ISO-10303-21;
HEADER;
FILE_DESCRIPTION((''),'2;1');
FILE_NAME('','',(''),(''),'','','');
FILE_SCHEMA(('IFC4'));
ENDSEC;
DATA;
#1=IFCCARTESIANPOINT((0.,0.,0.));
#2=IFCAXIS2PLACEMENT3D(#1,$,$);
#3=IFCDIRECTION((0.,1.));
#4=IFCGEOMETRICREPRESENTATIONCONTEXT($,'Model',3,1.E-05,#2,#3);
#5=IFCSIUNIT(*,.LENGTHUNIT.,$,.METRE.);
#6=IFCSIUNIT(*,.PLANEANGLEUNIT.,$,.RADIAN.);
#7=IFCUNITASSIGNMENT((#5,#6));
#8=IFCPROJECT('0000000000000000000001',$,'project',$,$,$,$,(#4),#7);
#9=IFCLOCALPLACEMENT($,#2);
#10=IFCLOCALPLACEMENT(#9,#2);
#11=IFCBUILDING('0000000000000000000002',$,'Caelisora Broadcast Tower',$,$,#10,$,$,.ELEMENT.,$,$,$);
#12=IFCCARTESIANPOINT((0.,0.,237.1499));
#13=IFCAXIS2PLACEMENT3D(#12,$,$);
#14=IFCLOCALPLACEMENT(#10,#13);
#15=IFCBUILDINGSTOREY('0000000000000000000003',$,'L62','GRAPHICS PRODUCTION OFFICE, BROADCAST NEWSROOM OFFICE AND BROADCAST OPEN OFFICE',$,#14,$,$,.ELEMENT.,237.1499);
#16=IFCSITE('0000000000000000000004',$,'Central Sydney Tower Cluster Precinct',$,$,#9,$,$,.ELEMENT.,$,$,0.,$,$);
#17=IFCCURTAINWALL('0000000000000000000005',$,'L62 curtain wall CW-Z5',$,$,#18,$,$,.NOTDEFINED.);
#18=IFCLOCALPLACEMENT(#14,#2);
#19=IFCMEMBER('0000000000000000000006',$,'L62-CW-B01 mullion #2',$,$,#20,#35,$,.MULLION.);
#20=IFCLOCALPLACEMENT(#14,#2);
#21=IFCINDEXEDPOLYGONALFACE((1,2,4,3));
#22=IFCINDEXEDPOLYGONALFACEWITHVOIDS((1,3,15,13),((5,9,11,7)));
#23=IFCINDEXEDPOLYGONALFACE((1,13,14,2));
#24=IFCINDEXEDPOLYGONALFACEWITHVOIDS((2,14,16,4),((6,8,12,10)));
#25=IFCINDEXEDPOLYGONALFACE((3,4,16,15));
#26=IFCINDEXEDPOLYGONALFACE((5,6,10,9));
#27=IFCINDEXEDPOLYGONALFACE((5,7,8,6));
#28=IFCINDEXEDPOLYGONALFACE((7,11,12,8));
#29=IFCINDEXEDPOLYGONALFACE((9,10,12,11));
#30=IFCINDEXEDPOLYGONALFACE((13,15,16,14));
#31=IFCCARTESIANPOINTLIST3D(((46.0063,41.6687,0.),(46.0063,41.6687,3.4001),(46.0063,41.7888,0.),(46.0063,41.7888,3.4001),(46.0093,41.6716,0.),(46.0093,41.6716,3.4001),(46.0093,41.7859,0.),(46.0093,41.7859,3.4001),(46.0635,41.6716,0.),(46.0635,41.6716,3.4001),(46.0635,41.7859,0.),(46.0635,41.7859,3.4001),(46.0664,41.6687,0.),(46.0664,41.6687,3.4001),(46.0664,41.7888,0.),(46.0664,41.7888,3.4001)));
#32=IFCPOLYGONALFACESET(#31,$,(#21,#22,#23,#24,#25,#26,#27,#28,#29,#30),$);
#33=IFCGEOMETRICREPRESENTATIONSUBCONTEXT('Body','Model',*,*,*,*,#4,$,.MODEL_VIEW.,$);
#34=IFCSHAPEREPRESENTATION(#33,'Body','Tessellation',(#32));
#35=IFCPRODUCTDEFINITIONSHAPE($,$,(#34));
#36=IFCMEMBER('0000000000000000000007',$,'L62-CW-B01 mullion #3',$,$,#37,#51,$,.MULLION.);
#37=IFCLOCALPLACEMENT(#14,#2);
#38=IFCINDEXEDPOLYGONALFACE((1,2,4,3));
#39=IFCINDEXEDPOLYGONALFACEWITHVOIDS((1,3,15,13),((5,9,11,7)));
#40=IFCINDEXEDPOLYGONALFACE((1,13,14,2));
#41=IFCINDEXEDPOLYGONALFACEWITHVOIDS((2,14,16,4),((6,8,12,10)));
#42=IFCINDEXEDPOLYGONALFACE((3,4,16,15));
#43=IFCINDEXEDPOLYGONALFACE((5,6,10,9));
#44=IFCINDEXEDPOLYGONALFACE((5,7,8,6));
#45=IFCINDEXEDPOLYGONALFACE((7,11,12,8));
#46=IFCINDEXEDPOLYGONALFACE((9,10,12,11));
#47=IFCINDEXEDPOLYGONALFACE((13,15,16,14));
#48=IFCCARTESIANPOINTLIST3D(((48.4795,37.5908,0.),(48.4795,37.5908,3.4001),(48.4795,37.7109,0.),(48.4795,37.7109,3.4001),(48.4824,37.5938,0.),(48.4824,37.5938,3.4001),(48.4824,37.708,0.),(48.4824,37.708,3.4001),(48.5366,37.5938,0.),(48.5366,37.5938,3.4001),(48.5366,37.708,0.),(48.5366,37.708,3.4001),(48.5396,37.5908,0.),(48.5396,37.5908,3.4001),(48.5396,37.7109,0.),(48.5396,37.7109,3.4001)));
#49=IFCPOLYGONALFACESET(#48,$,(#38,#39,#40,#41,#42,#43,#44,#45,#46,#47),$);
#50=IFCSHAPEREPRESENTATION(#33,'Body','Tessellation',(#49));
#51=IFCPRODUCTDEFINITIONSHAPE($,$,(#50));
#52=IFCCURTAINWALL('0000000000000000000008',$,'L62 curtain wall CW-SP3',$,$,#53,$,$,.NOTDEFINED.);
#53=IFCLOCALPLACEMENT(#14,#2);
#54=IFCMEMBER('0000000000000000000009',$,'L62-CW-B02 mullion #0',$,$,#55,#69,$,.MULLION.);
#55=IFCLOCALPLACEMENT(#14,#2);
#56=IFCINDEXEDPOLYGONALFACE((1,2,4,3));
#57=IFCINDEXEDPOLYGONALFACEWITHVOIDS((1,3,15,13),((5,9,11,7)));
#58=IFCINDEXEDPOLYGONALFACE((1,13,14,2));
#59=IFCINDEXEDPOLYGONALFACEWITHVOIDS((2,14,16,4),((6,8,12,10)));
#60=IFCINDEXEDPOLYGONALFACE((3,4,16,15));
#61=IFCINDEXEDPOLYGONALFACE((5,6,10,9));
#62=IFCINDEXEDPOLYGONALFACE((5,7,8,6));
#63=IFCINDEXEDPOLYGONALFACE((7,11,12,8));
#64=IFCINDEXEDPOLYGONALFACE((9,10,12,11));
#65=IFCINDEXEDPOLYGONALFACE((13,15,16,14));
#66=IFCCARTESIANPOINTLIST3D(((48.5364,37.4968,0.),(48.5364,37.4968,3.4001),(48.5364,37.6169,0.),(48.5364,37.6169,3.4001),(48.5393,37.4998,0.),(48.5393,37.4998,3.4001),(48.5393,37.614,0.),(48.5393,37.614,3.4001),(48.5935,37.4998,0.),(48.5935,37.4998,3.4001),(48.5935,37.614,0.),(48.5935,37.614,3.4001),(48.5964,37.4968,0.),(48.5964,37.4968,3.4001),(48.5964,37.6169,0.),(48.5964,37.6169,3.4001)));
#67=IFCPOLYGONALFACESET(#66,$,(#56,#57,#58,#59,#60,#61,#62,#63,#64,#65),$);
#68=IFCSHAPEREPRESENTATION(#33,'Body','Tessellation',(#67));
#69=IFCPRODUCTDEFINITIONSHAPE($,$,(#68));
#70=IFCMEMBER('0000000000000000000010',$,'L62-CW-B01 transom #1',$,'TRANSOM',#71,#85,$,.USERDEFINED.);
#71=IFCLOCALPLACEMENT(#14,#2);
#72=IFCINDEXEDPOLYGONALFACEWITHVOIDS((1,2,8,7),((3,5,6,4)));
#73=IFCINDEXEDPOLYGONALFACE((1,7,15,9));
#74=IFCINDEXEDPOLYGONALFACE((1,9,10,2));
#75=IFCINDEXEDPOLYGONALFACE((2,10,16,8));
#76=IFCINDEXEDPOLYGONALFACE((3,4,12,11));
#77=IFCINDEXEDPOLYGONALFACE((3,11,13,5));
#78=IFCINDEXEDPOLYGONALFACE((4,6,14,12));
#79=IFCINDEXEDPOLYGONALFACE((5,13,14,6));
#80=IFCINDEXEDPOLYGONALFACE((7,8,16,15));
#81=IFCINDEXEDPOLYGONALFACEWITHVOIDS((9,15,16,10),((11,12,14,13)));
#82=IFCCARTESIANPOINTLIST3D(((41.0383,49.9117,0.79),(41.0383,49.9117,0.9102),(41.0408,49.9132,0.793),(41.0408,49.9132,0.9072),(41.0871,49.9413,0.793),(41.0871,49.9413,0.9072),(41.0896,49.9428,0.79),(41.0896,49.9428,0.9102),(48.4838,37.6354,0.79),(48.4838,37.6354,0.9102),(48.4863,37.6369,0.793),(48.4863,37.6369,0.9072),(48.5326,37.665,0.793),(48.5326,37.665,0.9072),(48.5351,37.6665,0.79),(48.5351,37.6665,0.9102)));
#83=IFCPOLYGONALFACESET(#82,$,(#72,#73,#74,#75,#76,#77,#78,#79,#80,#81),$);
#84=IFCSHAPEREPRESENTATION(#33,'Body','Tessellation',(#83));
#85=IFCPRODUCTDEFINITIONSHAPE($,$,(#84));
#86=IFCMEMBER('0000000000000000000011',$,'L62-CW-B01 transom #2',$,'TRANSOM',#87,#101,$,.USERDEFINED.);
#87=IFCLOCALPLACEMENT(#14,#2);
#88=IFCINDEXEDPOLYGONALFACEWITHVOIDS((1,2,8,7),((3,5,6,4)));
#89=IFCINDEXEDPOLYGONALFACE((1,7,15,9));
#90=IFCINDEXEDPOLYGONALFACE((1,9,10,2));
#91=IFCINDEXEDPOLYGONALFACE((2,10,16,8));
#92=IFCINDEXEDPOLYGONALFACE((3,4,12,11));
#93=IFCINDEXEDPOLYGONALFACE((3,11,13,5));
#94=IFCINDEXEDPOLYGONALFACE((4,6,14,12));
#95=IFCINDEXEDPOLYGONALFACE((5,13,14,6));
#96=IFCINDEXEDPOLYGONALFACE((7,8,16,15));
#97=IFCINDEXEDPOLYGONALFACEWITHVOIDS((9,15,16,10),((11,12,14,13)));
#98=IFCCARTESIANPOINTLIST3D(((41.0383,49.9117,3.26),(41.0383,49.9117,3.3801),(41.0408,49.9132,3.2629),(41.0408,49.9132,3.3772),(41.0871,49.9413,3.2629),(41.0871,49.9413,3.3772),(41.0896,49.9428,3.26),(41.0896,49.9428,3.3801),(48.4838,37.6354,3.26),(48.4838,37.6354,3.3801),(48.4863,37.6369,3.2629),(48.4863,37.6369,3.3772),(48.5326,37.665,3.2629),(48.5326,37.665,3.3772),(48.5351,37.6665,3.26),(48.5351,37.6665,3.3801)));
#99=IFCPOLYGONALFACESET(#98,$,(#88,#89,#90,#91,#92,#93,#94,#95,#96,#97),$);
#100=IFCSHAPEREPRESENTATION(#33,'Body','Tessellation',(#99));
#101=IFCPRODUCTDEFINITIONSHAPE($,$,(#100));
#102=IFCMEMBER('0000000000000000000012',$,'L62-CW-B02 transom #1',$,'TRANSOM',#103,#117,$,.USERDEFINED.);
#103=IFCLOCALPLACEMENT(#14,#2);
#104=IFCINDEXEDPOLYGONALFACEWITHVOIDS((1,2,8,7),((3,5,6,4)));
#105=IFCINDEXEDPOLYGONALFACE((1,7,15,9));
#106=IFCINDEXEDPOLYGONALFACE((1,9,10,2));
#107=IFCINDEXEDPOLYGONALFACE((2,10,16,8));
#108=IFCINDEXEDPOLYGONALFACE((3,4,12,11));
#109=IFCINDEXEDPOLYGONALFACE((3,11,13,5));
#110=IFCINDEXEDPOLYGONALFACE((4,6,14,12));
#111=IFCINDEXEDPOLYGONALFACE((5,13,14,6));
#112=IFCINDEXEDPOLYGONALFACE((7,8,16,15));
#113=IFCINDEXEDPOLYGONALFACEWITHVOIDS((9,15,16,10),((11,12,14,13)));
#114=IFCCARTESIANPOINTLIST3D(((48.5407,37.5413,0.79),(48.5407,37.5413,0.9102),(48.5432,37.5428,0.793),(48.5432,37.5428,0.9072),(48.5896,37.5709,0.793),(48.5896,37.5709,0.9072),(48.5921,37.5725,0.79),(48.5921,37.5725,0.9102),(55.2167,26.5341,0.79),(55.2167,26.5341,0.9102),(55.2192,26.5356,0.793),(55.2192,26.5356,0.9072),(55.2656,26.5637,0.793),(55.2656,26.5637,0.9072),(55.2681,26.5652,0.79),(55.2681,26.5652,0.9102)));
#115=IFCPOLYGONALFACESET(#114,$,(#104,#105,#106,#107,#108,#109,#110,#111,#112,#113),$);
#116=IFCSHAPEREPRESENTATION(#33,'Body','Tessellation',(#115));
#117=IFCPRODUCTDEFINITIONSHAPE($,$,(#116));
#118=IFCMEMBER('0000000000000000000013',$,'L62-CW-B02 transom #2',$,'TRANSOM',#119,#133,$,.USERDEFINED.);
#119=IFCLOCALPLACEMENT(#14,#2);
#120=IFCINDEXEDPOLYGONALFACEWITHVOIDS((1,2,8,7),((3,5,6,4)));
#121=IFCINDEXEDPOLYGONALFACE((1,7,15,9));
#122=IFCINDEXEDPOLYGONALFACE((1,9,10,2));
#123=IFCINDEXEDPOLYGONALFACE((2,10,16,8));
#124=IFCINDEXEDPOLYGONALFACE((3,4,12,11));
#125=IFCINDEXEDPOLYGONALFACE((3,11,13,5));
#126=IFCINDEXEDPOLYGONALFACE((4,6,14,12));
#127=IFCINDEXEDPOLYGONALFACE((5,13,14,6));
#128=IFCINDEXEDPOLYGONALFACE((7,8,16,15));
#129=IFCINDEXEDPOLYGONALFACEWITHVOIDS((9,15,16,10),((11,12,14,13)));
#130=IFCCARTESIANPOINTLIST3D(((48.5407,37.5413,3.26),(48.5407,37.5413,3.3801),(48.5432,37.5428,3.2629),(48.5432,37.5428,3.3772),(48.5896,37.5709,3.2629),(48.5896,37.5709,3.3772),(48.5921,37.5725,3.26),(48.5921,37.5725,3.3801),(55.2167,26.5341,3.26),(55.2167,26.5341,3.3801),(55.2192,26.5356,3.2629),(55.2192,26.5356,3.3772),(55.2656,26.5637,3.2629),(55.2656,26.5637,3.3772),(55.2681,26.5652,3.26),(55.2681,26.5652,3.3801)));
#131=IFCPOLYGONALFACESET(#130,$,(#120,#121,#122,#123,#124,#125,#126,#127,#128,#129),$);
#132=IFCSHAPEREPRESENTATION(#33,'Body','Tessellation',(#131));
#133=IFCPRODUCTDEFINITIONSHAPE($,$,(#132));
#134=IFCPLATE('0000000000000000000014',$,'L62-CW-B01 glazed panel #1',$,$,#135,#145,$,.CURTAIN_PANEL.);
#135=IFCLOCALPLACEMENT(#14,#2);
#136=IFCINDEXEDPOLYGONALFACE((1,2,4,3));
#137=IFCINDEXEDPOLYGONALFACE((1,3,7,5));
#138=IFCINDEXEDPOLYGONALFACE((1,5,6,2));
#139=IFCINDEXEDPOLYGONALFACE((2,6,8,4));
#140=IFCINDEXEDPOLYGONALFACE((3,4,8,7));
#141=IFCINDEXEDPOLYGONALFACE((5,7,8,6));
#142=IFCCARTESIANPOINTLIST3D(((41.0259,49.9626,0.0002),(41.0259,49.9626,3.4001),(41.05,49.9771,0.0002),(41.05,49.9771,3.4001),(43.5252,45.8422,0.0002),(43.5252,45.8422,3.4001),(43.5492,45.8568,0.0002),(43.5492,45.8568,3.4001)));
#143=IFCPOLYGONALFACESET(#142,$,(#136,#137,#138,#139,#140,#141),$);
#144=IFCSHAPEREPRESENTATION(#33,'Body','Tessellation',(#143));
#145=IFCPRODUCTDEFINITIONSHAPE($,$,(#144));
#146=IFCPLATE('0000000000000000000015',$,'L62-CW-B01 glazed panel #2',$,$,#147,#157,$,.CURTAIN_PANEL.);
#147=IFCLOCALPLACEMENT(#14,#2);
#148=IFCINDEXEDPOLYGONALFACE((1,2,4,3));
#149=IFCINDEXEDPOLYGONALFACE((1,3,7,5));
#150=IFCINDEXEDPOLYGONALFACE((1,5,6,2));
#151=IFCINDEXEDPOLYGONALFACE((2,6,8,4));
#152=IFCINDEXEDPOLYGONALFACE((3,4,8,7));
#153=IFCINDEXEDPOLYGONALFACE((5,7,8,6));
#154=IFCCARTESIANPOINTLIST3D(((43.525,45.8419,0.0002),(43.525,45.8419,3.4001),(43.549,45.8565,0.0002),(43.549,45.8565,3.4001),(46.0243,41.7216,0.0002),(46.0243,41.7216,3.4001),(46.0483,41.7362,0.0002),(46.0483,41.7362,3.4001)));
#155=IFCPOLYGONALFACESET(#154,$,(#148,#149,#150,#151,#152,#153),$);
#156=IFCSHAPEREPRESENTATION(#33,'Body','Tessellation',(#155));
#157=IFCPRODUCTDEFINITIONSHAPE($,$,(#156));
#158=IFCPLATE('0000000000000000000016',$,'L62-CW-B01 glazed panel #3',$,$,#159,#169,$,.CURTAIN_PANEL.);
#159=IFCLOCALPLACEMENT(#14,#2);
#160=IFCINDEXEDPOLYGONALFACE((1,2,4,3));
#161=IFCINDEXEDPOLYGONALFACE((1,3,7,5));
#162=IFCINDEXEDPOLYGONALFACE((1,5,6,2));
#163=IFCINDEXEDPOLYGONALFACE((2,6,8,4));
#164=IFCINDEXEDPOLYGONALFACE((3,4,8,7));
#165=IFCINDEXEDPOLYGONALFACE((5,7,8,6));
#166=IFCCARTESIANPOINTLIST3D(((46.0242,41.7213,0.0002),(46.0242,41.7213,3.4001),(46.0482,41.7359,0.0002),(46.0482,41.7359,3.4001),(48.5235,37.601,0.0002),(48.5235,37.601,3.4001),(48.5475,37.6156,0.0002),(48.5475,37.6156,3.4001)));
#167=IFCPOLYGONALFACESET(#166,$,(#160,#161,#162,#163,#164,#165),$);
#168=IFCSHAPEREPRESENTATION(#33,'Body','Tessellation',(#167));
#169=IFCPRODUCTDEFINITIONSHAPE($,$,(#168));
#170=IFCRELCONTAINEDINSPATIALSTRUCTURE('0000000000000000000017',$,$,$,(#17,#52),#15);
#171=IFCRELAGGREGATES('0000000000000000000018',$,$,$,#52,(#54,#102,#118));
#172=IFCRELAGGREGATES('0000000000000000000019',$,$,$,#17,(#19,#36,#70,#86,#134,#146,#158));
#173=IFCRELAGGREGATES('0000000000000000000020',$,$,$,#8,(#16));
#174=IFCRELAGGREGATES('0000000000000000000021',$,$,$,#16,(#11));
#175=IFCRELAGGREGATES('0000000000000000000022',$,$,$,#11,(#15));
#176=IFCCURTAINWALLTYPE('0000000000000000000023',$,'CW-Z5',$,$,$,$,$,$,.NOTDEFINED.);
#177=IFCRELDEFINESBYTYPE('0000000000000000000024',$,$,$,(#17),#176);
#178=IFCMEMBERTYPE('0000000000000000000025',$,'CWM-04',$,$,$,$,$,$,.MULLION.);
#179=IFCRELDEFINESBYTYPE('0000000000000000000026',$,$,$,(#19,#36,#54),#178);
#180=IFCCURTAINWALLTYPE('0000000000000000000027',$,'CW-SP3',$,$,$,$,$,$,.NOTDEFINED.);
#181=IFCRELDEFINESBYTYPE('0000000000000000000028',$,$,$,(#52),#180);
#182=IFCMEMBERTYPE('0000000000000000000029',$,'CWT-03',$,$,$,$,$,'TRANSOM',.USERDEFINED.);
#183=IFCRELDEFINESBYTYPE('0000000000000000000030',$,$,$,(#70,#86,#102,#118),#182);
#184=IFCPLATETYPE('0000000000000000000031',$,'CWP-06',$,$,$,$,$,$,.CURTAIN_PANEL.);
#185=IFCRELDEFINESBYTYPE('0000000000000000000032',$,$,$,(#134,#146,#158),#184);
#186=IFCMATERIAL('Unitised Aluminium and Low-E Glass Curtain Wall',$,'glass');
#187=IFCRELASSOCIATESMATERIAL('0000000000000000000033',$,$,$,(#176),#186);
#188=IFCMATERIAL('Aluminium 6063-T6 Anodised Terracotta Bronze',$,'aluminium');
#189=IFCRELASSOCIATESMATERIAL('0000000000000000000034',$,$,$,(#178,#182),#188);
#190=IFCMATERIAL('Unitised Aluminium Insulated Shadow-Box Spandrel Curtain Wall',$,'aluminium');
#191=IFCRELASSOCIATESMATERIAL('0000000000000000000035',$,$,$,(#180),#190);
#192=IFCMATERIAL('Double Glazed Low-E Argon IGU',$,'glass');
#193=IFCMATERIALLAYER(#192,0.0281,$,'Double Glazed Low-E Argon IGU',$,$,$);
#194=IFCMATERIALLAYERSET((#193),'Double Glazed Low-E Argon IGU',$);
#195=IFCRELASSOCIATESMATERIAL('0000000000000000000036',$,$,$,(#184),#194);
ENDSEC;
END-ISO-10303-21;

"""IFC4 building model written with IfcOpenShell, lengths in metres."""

from ifc_helpers import new_model, si_unit, direction, frame, origin, origin_2d, place, context, subcontext, project, spatial, rectangle, hollow_rectangle, extrude, source, transform, mapped, material, layer, layer_set, material_profile, profile_set, type_object, type_shapes, element, aggregate, save


model = new_model("IFC4")

# Units and contexts
model_context = context("Model", 3, precision=1e-05, world=origin(), true_north=direction((0.0, 1.0)))
body_context = subcontext(model_context, "Body", "Model", "MODEL_VIEW")
ifc_project = project(units=[si_unit("LENGTHUNIT", "METRE"), si_unit("PLANEANGLEUNIT", "RADIAN")], contexts=[model_context])

# Site, building, storey
site_placement = place(None, origin())
site = spatial("IfcSite", under=ifc_project, at=site_placement, Name="Central Sydney Tower Cluster Precinct", CompositionType="ELEMENT", RefElevation=0.0)
building_placement = place(site_placement, origin())
building = spatial("IfcBuilding", under=site, at=building_placement, Name="Caelisora Broadcast Tower", CompositionType="ELEMENT")
storey_placement = place(building_placement, frame((0.0, 0.0, 237.1499)))
storey = spatial("IfcBuildingStorey", under=building, at=storey_placement, Name="L62", Description="GRAPHICS PRODUCTION OFFICE, BROADCAST NEWSROOM OFFICE AND BROADCAST OPEN OFFICE", CompositionType="ELEMENT", Elevation=237.1499)

# Curtain wall, members
ifc_material_1 = material(Name="Unitised Aluminium and Low-E Glass Curtain Wall", Category="glass")
curtain_wall_type_1 = type_object("IfcCurtainWallType", Name="CW-Z5", PredefinedType="NOTDEFINED", material=ifc_material_1)
curtain_wall_1_placement = place(storey_placement, origin())
curtain_wall_1 = element("IfcCurtainWall", 1, at=curtain_wall_1_placement, inside=storey, type_object=curtain_wall_type_1, Name="L62 curtain wall CW-Z5", PredefinedType="NOTDEFINED")
ifc_material_2 = material(Name="Aluminium 6063-T6 Anodised Terracotta Bronze", Category="aluminium")
ifc_material_profile_1 = material_profile(ifc_material_2, hollow_rectangle(XDim=0.0601, YDim=0.1201, WallThickness=0.0029, at=origin_2d()), Name="Aluminium 6063-T6 Anodised Terracotta Bronze")
ifc_profile_set_1 = profile_set([ifc_material_profile_1], Name="Aluminium 6063-T6 Anodised Terracotta Bronze")
member_type_1 = type_object("IfcMemberType", Name="CWM-04", PredefinedType="MULLION", material=ifc_profile_set_1)
shared_shape_1 = source(origin(), body_context, "Body", "SweptSolid", [
    extrude(hollow_rectangle(XDim=0.0601, YDim=0.1201, WallThickness=0.0029, at=origin_2d()), origin(), (0.0, 0.0, 1.0), 3.4001),
])
type_shapes(member_type_1, [shared_shape_1])
member_1_placement = place(storey_placement, frame((46.0364, 41.7288, 0.0), z_axis=(0.0, 0.0, 1.0), x_axis=(1.0, 0.0, 0.0)))
member_1 = element("IfcMember", 2, at=member_1_placement, type_object=member_type_1, Name="L62-CW-B01 mullion #2", PredefinedType="MULLION", context=body_context, shape_type="MappedRepresentation", body=[
    mapped(shared_shape_1, transform((0.0, 0.0, 0.0), scale=1.0)),
])
member_2_placement = place(storey_placement, frame((48.5095, 37.6509, 0.0), z_axis=(0.0, 0.0, 1.0), x_axis=(1.0, 0.0, 0.0)))
member_2 = element("IfcMember", 3, at=member_2_placement, type_object=member_type_1, Name="L62-CW-B01 mullion #3", PredefinedType="MULLION", context=body_context, shape_type="MappedRepresentation", body=[
    mapped(shared_shape_1, transform((0.0, 0.0, 0.0), scale=1.0)),
])

# Curtain wall, member
ifc_material_3 = material(Name="Unitised Aluminium Insulated Shadow-Box Spandrel Curtain Wall", Category="aluminium")
curtain_wall_type_2 = type_object("IfcCurtainWallType", Name="CW-SP3", PredefinedType="NOTDEFINED", material=ifc_material_3)
curtain_wall_2_placement = place(storey_placement, origin())
curtain_wall_2 = element("IfcCurtainWall", 4, at=curtain_wall_2_placement, inside=storey, type_object=curtain_wall_type_2, Name="L62 curtain wall CW-SP3", PredefinedType="NOTDEFINED")
member_3_placement = place(storey_placement, frame((48.5664, 37.5569, 0.0), z_axis=(0.0, 0.0, 1.0), x_axis=(1.0, 0.0, 0.0)))
member_3 = element("IfcMember", 5, at=member_3_placement, type_object=member_type_1, Name="L62-CW-B02 mullion #0", PredefinedType="MULLION", context=body_context, shape_type="MappedRepresentation", body=[
    mapped(shared_shape_1, transform((0.0, 0.0, 0.0), scale=1.0)),
])

# Members
ifc_material_profile_2 = material_profile(ifc_material_2, hollow_rectangle(XDim=0.0601, YDim=0.1201, WallThickness=0.0029, at=origin_2d()), Name="Aluminium 6063-T6 Anodised Terracotta Bronze")
ifc_profile_set_2 = profile_set([ifc_material_profile_2], Name="Aluminium 6063-T6 Anodised Terracotta Bronze")
member_type_2 = type_object("IfcMemberType", Name="CWT-03", ElementType="TRANSOM", PredefinedType="USERDEFINED", material=ifc_profile_set_2)
shared_shape_2 = source(origin(), body_context, "Body", "SweptSolid", [
    extrude(hollow_rectangle(XDim=0.0601, YDim=0.1201, WallThickness=0.0029, at=origin_2d()), origin(), (0.0, 0.0, 1.0), 14.3577),
])
member_4_placement = place(storey_placement, frame((41.064, 49.9272, 0.8501), z_axis=(0.518573, -0.855033, 0.0), x_axis=(0.855033, 0.518573, 0.0)))
member_4 = element("IfcMember", 6, at=member_4_placement, type_object=member_type_2, Name="L62-CW-B01 transom #1", ObjectType="TRANSOM", PredefinedType="USERDEFINED", context=body_context, shape_type="MappedRepresentation", body=[
    mapped(shared_shape_2, transform((0.0, 0.0, 0.0), scale=1.0)),
])
member_5_placement = place(storey_placement, frame((41.064, 49.9272, 3.3201), z_axis=(0.518573, -0.855033, 0.0), x_axis=(0.855033, 0.518573, 0.0)))
member_5 = element("IfcMember", 7, at=member_5_placement, type_object=member_type_2, Name="L62-CW-B01 transom #2", ObjectType="TRANSOM", PredefinedType="USERDEFINED", context=body_context, shape_type="MappedRepresentation", body=[
    mapped(shared_shape_2, transform((0.0, 0.0, 0.0), scale=1.0)),
])
shared_shape_3 = source(origin(), body_context, "Body", "SweptSolid", [
    extrude(hollow_rectangle(XDim=0.0601, YDim=0.1201, WallThickness=0.0029, at=origin_2d()), origin(), (0.0, 0.0, 1.0), 12.8735),
])
type_shapes(member_type_2, [shared_shape_2, shared_shape_3])
member_6_placement = place(storey_placement, frame((48.5664, 37.5569, 0.8501), z_axis=(0.518581, -0.855028, 0.0), x_axis=(0.855028, 0.518581, 0.0)))
member_6 = element("IfcMember", 8, at=member_6_placement, type_object=member_type_2, Name="L62-CW-B02 transom #1", ObjectType="TRANSOM", PredefinedType="USERDEFINED", context=body_context, shape_type="MappedRepresentation", body=[
    mapped(shared_shape_3, transform((0.0, 0.0, 0.0), scale=1.0)),
])
member_7_placement = place(storey_placement, frame((48.5664, 37.5569, 3.3201), z_axis=(0.518581, -0.855028, 0.0), x_axis=(0.855028, 0.518581, 0.0)))
member_7 = element("IfcMember", 9, at=member_7_placement, type_object=member_type_2, Name="L62-CW-B02 transom #2", ObjectType="TRANSOM", PredefinedType="USERDEFINED", context=body_context, shape_type="MappedRepresentation", body=[
    mapped(shared_shape_3, transform((0.0, 0.0, 0.0), scale=1.0)),
])
aggregate(curtain_wall_2, [member_3, member_6, member_7])

# Plates
ifc_material_4 = material(Name="Double Glazed Low-E Argon IGU", Category="glass")
ifc_layer_1 = layer(ifc_material_4, 0.0281, Name="Double Glazed Low-E Argon IGU")
ifc_layer_set_1 = layer_set([ifc_layer_1], Name="Double Glazed Low-E Argon IGU")
plate_type = type_object("IfcPlateType", Name="CWP-06", PredefinedType="CURTAIN_PANEL", material=ifc_layer_set_1)
shared_shape_4 = source(origin(), body_context, "Body", "SweptSolid", [
    extrude(rectangle(XDim=4.8191, YDim=0.0281, at=origin_2d()), origin(), (0.0, 0.0, 1.0), 3.3999),
])
type_shapes(plate_type, [shared_shape_4])
plate_1_placement = place(storey_placement, frame((42.2876, 47.9097, 0.0002), z_axis=(0.0, 0.0, 1.0), x_axis=(0.518624, -0.855002, 0.0)))
plate_1 = element("IfcPlate", 10, at=plate_1_placement, type_object=plate_type, Name="L62-CW-B01 glazed panel #1", PredefinedType="CURTAIN_PANEL", context=body_context, shape_type="MappedRepresentation", body=[
    mapped(shared_shape_4, transform((0.0, 0.0, 0.0), scale=1.0)),
])
plate_2_placement = place(storey_placement, frame((44.7866, 43.7891, 0.0002), z_axis=(0.0, 0.0, 1.0), x_axis=(0.518624, -0.855002, 0.0)))
plate_2 = element("IfcPlate", 11, at=plate_2_placement, type_object=plate_type, Name="L62-CW-B01 glazed panel #2", PredefinedType="CURTAIN_PANEL", context=body_context, shape_type="MappedRepresentation", body=[
    mapped(shared_shape_4, transform((0.0, 0.0, 0.0), scale=1.0)),
])
plate_3_placement = place(storey_placement, frame((47.2859, 39.6685, 0.0002), z_axis=(0.0, 0.0, 1.0), x_axis=(0.518624, -0.855002, 0.0)))
plate_3 = element("IfcPlate", 12, at=plate_3_placement, type_object=plate_type, Name="L62-CW-B01 glazed panel #3", PredefinedType="CURTAIN_PANEL", context=body_context, shape_type="MappedRepresentation", body=[
    mapped(shared_shape_4, transform((0.0, 0.0, 0.0), scale=1.0)),
])
aggregate(curtain_wall_1, [member_1, member_2, member_4, member_5, plate_1, plate_2, plate_3])

save(model, "model.ifc")
